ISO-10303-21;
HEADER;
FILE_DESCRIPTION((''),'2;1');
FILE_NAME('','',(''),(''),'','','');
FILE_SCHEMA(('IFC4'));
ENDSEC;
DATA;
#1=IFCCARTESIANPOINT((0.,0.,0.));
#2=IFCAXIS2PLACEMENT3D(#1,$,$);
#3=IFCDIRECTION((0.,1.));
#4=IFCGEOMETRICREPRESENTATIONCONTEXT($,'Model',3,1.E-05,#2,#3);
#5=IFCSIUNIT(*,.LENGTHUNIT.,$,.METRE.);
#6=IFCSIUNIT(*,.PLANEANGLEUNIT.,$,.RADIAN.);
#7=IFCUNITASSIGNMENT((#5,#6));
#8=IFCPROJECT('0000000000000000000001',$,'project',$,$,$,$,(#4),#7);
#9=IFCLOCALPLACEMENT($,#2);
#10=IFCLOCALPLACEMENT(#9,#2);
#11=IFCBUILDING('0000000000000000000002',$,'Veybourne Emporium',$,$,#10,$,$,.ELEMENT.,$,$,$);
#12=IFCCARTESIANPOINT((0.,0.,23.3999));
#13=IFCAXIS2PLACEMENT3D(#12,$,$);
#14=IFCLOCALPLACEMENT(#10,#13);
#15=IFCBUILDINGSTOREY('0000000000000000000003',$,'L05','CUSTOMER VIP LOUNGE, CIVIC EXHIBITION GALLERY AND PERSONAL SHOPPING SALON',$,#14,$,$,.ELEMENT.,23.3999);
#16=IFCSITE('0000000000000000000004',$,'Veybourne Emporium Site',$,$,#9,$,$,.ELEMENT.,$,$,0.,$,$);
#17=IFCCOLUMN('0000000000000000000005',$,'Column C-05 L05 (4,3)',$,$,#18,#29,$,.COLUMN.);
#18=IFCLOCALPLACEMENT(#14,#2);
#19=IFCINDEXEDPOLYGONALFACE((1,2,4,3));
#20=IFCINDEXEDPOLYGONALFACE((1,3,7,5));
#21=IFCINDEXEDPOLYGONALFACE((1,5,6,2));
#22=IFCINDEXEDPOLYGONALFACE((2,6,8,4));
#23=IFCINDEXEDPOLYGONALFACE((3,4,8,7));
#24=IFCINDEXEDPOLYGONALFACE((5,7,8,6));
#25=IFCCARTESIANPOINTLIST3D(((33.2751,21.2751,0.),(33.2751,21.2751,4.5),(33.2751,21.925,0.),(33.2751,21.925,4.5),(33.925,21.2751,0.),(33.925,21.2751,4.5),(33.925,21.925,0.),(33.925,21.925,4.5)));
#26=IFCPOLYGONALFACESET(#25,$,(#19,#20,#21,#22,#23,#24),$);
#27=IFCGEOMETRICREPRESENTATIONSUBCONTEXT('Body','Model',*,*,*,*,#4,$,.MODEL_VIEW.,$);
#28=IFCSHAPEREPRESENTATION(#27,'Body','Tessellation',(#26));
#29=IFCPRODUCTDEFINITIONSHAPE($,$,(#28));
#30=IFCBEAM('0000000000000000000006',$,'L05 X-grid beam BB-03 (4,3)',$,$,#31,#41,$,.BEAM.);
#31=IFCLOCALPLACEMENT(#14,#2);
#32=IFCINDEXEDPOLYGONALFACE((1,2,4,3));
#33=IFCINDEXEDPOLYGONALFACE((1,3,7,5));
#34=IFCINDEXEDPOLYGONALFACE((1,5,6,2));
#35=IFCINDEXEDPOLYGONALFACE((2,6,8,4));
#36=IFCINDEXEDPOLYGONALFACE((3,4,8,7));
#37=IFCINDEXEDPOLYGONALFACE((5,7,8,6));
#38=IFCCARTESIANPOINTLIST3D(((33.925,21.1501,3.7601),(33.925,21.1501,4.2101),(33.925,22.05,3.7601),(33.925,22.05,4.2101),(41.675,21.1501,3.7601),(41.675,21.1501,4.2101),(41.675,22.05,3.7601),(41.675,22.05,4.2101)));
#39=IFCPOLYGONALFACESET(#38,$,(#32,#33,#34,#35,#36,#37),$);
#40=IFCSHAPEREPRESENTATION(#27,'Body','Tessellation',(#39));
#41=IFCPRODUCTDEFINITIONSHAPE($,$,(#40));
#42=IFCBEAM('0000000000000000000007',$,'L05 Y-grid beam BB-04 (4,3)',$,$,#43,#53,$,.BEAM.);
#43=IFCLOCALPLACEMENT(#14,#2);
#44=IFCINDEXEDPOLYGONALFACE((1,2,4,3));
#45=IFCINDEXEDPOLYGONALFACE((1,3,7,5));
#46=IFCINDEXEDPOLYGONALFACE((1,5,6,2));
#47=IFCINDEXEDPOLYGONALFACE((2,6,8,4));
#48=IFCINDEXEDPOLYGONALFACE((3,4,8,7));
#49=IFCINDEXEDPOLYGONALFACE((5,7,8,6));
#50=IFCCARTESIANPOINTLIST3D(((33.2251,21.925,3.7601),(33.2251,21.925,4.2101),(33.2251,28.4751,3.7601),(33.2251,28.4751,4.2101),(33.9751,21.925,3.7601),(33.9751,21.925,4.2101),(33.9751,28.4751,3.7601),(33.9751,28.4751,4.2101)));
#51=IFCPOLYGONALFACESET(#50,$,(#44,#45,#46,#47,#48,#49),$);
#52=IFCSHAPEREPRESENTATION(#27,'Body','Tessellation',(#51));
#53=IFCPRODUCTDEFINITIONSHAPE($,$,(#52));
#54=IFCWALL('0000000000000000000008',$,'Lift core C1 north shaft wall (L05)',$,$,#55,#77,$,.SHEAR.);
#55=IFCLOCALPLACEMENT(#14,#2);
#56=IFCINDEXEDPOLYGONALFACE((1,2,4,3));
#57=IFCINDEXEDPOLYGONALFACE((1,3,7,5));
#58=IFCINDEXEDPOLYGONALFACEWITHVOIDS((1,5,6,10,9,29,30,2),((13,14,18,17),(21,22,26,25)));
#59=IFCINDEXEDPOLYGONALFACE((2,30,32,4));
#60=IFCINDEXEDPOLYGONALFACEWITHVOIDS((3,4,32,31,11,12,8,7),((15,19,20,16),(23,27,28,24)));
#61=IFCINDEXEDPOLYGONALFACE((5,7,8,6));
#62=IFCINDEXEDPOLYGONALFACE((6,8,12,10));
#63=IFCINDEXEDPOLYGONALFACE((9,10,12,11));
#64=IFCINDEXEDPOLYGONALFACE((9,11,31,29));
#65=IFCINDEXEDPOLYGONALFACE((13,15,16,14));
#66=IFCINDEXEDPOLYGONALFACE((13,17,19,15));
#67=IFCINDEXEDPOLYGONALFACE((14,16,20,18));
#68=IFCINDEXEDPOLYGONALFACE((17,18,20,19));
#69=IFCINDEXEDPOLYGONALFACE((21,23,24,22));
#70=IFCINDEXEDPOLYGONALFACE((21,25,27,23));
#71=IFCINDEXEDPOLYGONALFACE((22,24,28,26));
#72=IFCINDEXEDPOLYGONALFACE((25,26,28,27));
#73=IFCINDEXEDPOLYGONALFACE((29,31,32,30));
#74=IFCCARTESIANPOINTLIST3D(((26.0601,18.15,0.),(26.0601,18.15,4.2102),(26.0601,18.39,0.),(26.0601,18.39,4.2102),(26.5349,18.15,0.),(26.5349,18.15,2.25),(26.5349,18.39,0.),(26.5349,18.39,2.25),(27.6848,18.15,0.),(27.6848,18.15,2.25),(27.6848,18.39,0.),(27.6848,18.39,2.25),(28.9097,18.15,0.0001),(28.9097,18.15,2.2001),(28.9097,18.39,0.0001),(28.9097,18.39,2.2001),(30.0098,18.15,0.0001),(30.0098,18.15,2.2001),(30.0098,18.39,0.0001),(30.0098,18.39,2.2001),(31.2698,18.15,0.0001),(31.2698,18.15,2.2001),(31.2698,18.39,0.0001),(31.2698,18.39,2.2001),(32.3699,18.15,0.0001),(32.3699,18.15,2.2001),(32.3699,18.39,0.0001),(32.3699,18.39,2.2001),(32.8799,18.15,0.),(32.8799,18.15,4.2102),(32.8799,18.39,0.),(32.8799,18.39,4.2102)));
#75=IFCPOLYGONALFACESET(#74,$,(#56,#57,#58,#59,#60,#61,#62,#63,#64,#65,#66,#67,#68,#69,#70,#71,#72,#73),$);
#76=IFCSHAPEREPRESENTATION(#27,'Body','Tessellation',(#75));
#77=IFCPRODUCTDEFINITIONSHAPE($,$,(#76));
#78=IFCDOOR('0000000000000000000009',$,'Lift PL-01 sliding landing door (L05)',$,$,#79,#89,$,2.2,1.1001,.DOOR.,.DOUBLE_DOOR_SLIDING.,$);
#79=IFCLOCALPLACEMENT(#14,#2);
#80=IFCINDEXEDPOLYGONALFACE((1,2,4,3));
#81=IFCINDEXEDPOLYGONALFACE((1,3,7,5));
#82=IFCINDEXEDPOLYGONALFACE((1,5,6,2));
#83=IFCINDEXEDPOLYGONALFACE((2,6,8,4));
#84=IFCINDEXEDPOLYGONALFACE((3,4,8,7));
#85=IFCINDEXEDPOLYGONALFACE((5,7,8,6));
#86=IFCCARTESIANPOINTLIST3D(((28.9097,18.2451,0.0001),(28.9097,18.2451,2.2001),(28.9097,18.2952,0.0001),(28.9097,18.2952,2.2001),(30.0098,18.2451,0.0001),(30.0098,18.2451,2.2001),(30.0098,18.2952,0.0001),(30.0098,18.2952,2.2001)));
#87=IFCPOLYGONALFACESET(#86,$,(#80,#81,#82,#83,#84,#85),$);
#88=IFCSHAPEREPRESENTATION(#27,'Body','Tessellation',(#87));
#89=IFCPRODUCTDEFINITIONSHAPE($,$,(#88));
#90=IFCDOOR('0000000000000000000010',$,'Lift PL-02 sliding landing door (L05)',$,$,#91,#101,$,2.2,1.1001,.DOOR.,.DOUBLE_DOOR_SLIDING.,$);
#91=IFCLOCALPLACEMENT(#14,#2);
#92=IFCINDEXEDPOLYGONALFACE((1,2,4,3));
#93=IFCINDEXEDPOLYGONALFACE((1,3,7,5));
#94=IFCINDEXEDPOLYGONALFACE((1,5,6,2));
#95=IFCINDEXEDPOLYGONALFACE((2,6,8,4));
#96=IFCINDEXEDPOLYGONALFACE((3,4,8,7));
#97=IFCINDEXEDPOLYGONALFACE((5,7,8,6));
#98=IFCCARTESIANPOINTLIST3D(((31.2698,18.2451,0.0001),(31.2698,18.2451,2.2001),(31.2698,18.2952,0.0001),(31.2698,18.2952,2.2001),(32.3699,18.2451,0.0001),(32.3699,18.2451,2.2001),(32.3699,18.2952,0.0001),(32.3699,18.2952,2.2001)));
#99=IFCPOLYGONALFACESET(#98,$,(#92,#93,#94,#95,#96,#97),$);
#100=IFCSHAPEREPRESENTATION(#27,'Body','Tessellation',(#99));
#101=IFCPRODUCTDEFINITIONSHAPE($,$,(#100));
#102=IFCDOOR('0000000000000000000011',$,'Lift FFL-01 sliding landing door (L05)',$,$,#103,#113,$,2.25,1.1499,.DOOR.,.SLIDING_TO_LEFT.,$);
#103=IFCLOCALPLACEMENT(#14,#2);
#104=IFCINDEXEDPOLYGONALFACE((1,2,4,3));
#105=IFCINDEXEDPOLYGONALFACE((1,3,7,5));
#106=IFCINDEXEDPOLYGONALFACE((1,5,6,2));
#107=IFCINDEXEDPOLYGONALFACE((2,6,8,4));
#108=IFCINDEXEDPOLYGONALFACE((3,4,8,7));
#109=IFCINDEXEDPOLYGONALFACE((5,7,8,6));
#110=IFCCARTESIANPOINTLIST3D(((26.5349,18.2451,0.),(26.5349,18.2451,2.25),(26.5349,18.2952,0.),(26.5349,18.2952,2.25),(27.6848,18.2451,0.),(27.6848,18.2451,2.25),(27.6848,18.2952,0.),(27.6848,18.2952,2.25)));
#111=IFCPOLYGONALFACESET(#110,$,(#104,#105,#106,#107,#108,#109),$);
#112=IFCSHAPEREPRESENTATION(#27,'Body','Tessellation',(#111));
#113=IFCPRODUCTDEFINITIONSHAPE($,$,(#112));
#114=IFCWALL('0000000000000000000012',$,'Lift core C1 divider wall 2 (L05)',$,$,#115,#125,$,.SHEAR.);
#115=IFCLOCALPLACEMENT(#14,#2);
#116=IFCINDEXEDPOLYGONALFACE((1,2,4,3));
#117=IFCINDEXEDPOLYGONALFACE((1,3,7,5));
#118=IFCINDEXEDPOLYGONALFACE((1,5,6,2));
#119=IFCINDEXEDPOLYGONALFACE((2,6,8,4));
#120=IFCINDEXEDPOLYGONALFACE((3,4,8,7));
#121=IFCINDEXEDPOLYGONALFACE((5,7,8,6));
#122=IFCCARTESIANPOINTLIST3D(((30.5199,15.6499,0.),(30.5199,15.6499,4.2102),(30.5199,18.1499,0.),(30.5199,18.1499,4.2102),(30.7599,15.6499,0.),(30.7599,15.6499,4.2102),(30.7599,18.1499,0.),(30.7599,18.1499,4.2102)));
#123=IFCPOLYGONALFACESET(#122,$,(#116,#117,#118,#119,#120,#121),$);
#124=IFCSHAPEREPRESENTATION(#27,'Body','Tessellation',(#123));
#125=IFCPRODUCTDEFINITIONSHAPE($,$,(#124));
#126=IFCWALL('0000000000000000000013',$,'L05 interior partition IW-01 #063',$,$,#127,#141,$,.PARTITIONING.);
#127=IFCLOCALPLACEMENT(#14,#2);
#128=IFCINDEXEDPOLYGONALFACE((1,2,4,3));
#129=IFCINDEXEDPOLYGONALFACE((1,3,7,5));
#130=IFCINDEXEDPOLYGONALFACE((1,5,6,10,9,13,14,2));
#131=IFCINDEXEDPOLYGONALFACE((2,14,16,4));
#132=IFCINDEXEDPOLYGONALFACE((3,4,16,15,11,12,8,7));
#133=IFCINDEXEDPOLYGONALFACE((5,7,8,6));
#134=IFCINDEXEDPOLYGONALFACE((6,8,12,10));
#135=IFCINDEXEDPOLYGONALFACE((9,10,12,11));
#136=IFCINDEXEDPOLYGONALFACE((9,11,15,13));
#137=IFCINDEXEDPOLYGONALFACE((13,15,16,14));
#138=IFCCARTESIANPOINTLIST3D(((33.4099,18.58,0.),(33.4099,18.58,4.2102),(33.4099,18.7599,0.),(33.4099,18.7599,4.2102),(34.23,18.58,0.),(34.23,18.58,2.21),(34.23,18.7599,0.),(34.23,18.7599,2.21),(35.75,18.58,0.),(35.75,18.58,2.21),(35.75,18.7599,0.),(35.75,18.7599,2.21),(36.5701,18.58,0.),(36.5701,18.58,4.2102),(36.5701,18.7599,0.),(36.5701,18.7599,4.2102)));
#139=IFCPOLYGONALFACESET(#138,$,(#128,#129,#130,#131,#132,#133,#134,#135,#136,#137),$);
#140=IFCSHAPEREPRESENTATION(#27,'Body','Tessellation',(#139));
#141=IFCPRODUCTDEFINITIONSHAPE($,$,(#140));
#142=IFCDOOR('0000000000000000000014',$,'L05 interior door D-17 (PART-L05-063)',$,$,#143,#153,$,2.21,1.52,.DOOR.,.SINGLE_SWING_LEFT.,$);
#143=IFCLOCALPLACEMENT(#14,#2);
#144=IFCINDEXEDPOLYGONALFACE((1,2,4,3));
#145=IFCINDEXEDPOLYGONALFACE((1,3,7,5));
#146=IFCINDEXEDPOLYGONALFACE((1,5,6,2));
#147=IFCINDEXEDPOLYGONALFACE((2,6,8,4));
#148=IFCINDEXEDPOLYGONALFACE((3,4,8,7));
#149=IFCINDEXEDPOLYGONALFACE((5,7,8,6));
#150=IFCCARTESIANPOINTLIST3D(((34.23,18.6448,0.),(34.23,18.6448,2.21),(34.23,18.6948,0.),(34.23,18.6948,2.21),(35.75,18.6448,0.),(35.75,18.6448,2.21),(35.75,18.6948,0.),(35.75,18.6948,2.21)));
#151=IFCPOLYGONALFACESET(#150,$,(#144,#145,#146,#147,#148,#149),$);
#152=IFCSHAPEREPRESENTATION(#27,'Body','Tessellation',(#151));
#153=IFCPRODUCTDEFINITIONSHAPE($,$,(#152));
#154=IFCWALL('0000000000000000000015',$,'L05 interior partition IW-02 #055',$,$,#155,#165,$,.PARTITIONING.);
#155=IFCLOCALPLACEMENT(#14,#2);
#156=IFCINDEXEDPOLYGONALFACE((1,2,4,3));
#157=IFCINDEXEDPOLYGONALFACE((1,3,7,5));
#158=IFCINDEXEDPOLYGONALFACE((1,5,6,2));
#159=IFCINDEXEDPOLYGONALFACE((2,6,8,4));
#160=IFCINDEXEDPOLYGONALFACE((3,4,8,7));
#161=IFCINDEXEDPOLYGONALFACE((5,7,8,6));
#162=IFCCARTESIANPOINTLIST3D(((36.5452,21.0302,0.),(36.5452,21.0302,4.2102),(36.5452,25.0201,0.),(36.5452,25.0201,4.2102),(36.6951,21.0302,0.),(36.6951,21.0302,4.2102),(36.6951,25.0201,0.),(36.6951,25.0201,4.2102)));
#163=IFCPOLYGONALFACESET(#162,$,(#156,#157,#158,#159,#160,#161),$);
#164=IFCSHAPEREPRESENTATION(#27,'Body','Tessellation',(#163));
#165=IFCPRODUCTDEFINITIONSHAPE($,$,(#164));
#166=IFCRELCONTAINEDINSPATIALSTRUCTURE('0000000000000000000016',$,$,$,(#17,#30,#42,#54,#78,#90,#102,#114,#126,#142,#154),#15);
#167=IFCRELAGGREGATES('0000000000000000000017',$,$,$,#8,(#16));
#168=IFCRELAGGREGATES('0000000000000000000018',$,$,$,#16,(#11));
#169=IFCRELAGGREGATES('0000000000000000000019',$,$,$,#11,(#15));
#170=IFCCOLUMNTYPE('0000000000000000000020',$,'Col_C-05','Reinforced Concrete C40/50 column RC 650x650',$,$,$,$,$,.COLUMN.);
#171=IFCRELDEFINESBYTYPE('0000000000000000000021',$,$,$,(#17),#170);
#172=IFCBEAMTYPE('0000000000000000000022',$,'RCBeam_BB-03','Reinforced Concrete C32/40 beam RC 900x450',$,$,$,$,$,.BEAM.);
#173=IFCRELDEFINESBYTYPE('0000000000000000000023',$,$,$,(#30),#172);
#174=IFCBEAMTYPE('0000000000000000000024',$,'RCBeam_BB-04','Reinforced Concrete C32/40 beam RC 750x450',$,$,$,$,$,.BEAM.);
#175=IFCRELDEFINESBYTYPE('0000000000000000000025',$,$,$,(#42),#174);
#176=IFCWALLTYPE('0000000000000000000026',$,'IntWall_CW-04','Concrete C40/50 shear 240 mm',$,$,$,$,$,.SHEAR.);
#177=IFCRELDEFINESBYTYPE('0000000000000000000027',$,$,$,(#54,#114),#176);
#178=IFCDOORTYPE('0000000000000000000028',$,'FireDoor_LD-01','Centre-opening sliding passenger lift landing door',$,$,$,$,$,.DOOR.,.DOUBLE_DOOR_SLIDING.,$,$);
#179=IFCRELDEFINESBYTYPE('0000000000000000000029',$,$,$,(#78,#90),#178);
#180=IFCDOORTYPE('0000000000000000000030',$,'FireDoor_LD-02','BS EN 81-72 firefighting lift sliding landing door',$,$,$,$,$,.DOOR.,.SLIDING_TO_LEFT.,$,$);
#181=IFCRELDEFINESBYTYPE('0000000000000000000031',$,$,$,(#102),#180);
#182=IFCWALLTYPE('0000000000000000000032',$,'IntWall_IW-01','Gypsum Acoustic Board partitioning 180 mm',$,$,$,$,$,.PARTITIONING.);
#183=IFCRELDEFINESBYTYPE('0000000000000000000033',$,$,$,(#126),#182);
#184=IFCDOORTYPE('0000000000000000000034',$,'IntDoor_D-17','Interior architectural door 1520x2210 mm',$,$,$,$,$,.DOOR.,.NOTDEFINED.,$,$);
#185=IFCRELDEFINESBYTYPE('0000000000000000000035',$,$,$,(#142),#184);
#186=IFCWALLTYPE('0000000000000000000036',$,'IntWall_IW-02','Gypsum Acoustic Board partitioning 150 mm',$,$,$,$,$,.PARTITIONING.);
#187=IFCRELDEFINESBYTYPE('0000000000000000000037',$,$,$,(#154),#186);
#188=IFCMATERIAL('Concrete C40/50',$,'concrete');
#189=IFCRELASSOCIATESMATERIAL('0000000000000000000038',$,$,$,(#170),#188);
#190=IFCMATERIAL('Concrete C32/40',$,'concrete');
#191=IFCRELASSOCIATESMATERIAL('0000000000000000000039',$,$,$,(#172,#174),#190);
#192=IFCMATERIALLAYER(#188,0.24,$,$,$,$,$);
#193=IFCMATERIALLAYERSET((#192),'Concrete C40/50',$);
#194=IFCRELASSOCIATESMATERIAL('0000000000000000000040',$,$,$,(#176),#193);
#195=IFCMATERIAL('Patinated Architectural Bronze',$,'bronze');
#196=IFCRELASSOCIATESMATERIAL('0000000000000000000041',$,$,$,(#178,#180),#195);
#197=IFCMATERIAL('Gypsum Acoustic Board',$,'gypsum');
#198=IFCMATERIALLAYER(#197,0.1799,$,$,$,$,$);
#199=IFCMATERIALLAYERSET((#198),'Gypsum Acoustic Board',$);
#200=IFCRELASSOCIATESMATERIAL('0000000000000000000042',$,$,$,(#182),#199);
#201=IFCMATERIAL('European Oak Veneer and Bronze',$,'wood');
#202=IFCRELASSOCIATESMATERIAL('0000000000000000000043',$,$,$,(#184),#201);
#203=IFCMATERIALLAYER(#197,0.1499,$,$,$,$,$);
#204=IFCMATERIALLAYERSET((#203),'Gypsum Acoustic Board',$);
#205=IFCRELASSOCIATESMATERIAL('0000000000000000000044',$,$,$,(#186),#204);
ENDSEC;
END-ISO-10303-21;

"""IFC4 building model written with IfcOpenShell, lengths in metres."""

from ifc_helpers import new_model, si_unit, direction, frame, frame_2d, origin, origin_2d, place, context, subcontext, project, spatial, rectangle, extrude, material, layer, layer_set, material_profile, profile_set, type_object, element, fill, save


model = new_model("IFC4")

# Units and contexts
model_context = context("Model", 3, precision=1e-05, world=origin(), true_north=direction((0.0, 1.0)))
body_context = subcontext(model_context, "Body", "Model", "MODEL_VIEW")
ifc_project = project(units=[si_unit("LENGTHUNIT", "METRE"), si_unit("PLANEANGLEUNIT", "RADIAN")], contexts=[model_context])

# Site, building, storey
site_placement = place(None, origin())
site = spatial("IfcSite", under=ifc_project, at=site_placement, Name="Veybourne Emporium Site", CompositionType="ELEMENT", RefElevation=0.0)
building_placement = place(site_placement, origin())
building = spatial("IfcBuilding", under=site, at=building_placement, Name="Veybourne Emporium", CompositionType="ELEMENT")
storey_placement = place(building_placement, frame((0.0, 0.0, 23.3999)))
storey = spatial("IfcBuildingStorey", under=building, at=storey_placement, Name="L05", Description="CUSTOMER VIP LOUNGE, CIVIC EXHIBITION GALLERY AND PERSONAL SHOPPING SALON", CompositionType="ELEMENT", Elevation=23.3999)

# Column
ifc_material_1 = material(Name="Concrete C40/50", Category="concrete")
ifc_material_profile_1 = material_profile(ifc_material_1, rectangle(XDim=0.6499, YDim=0.6499, at=origin_2d()), Name="RC 650x650")
ifc_profile_set_1 = profile_set([ifc_material_profile_1], Name="Concrete C40/50")
column_type = type_object("IfcColumnType", Name="Col_C-05", Description="Reinforced Concrete C40/50 column RC 650x650", PredefinedType="COLUMN", material=ifc_profile_set_1)
column_placement = place(storey_placement, frame((33.6001, 21.6001, 0.0), z_axis=(0.0, 0.0, 1.0), x_axis=(1.0, 0.0, 0.0)))
element("IfcColumn", 1, at=column_placement, inside=storey, type_object=column_type, Name="Column C-05 L05 (4,3)", PredefinedType="COLUMN", context=body_context, shape_type="SweptSolid", body=[
    extrude(rectangle(XDim=0.6499, YDim=0.6499, at=origin_2d()), origin(), (0.0, 0.0, 1.0), 4.5),
])

# Beams
ifc_material_2 = material(Name="Concrete C32/40", Category="concrete")
ifc_material_profile_2 = material_profile(ifc_material_2, rectangle(XDim=0.8999, YDim=0.45, at=origin_2d()), Name="RC 900x450")
ifc_profile_set_2 = profile_set([ifc_material_profile_2], Name="Concrete C32/40")
beam_type_1 = type_object("IfcBeamType", Name="RCBeam_BB-03", Description="Reinforced Concrete C32/40 beam RC 900x450", PredefinedType="BEAM", material=ifc_profile_set_2)
beam_1_placement = place(storey_placement, frame((33.925, 21.6001, 3.9851), z_axis=(1.0, 0.0, 0.0), x_axis=(0.0, 1.0, 0.0)))
element("IfcBeam", 2, at=beam_1_placement, inside=storey, type_object=beam_type_1, Name="L05 X-grid beam BB-03 (4,3)", PredefinedType="BEAM", context=body_context, shape_type="SweptSolid", body=[
    extrude(rectangle(XDim=0.8999, YDim=0.45, at=origin_2d()), origin(), (0.0, 0.0, 1.0), 7.75),
])
ifc_material_profile_3 = material_profile(ifc_material_2, rectangle(XDim=0.75, YDim=0.45, at=origin_2d()), Name="RC 750x450")
ifc_profile_set_3 = profile_set([ifc_material_profile_3], Name="Concrete C32/40")
beam_type_2 = type_object("IfcBeamType", Name="RCBeam_BB-04", Description="Reinforced Concrete C32/40 beam RC 750x450", PredefinedType="BEAM", material=ifc_profile_set_3)
beam_2_placement = place(storey_placement, frame((33.6001, 21.925, 3.9851), z_axis=(0.0, 1.0, 0.0), x_axis=(-1.0, 0.0, 0.0)))
element("IfcBeam", 3, at=beam_2_placement, inside=storey, type_object=beam_type_2, Name="L05 Y-grid beam BB-04 (4,3)", PredefinedType="BEAM", context=body_context, shape_type="SweptSolid", body=[
    extrude(rectangle(XDim=0.75, YDim=0.45, at=origin_2d()), origin(), (0.0, 0.0, 1.0), 6.55),
])

# Wall, openings, doors
ifc_layer_1 = layer(ifc_material_1, 0.24)
ifc_layer_set_1 = layer_set([ifc_layer_1], Name="Concrete C40/50")
wall_type_1 = type_object("IfcWallType", Name="IntWall_CW-04", Description="Concrete C40/50 shear 240 mm", PredefinedType="SHEAR", material=ifc_layer_set_1)
wall_1_placement = place(storey_placement, frame((32.8799, 18.27, 0.0), z_axis=(0.0, 0.0, 1.0), x_axis=(-1.0, 0.0, 0.0)))
wall_1 = element("IfcWall", 4, at=wall_1_placement, inside=storey, type_object=wall_type_1, Name="Lift core C1 north shaft wall (L05)", PredefinedType="SHEAR", context=body_context, shape_type="SweptSolid", body=[
    extrude(rectangle(XDim=6.8198, YDim=0.24, at=frame_2d((3.4099, 0.0))), origin(), (0.0, 0.0, 1.0), 4.2102),
])
opening_1_placement = place(wall_1_placement, frame((5.1951, 0.0, 0.0)))
opening_1 = element("IfcOpeningElement", 5, at=opening_1_placement, cuts=wall_1, PredefinedType="OPENING", context=body_context, shape_type="SweptSolid", body=[
    extrude(rectangle(XDim=1.1499, YDim=2.25, at=frame_2d((0.575, 1.125))), frame((0.0, 0.1401, 0.0), z_axis=(0.0, -1.0, 0.0), x_axis=(1.0, 0.0, 0.0)), (0.0, 0.0, 1.0), 0.28),
])
opening_2_placement = place(wall_1_placement, frame((2.8701, 0.0, 0.0)))
opening_2 = element("IfcOpeningElement", 6, at=opening_2_placement, cuts=wall_1, PredefinedType="OPENING", context=body_context, shape_type="SweptSolid", body=[
    extrude(rectangle(XDim=1.1001, YDim=2.2, at=frame_2d((0.55, 1.1001))), frame((0.0, 0.1401, 0.0), z_axis=(0.0, -1.0, 0.0), x_axis=(1.0, 0.0, 0.0)), (0.0, 0.0, 1.0), 0.28),
])
opening_3_placement = place(wall_1_placement, frame((0.51, 0.0, 0.0)))
opening_3 = element("IfcOpeningElement", 7, at=opening_3_placement, cuts=wall_1, PredefinedType="OPENING", context=body_context, shape_type="SweptSolid", body=[
    extrude(rectangle(XDim=1.1001, YDim=2.2, at=frame_2d((0.55, 1.1001))), frame((0.0, 0.1401, 0.0), z_axis=(0.0, -1.0, 0.0), x_axis=(1.0, 0.0, 0.0)), (0.0, 0.0, 1.0), 0.28),
])
ifc_material_3 = material(Name="Patinated Architectural Bronze", Category="bronze")
door_type_1 = type_object("IfcDoorType", Name="FireDoor_LD-01", Description="Centre-opening sliding passenger lift landing door", OperationType="DOUBLE_DOOR_SLIDING", PredefinedType="DOOR", material=ifc_material_3)
door_1_placement = place(opening_2_placement, origin())
door_1 = element("IfcDoor", 8, at=door_1_placement, inside=storey, type_object=door_type_1, Name="Lift PL-01 sliding landing door (L05)", OperationType="DOUBLE_DOOR_SLIDING", OverallHeight=2.2, OverallWidth=1.1001, PredefinedType="DOOR", context=body_context, shape_type="SweptSolid", body=[
    extrude(rectangle(XDim=1.1001, YDim=2.2, at=frame_2d((0.55, 1.1001))), frame((0.0, 0.0249, 0.0), z_axis=(0.0, -1.0, 0.0), x_axis=(1.0, 0.0, 0.0)), (0.0, 0.0, 1.0), 0.05),
])
fill(opening_2, door_1)
door_2_placement = place(opening_3_placement, origin())
door_2 = element("IfcDoor", 9, at=door_2_placement, inside=storey, type_object=door_type_1, Name="Lift PL-02 sliding landing door (L05)", OperationType="DOUBLE_DOOR_SLIDING", OverallHeight=2.2, OverallWidth=1.1001, PredefinedType="DOOR", context=body_context, shape_type="SweptSolid", body=[
    extrude(rectangle(XDim=1.1001, YDim=2.2, at=frame_2d((0.55, 1.1001))), frame((0.0, 0.0249, 0.0), z_axis=(0.0, -1.0, 0.0), x_axis=(1.0, 0.0, 0.0)), (0.0, 0.0, 1.0), 0.05),
])
fill(opening_3, door_2)
door_type_2 = type_object("IfcDoorType", Name="FireDoor_LD-02", Description="BS EN 81-72 firefighting lift sliding landing door", OperationType="SLIDING_TO_LEFT", PredefinedType="DOOR", material=ifc_material_3)
door_3_placement = place(opening_1_placement, origin())
door_3 = element("IfcDoor", 10, at=door_3_placement, inside=storey, type_object=door_type_2, Name="Lift FFL-01 sliding landing door (L05)", OperationType="SLIDING_TO_LEFT", OverallHeight=2.25, OverallWidth=1.1499, PredefinedType="DOOR", context=body_context, shape_type="SweptSolid", body=[
    extrude(rectangle(XDim=1.1499, YDim=2.25, at=frame_2d((0.575, 1.125))), frame((0.0, 0.0249, 0.0), z_axis=(0.0, -1.0, 0.0), x_axis=(1.0, 0.0, 0.0)), (0.0, 0.0, 1.0), 0.05),
])
fill(opening_1, door_3)

# Wall
wall_2_placement = place(storey_placement, frame((30.6399, 15.6499, 0.0), z_axis=(0.0, 0.0, 1.0), x_axis=(0.0, 1.0, 0.0)))
element("IfcWall", 11, at=wall_2_placement, inside=storey, type_object=wall_type_1, Name="Lift core C1 divider wall 2 (L05)", PredefinedType="SHEAR", context=body_context, shape_type="SweptSolid", body=[
    extrude(rectangle(XDim=2.5, YDim=0.24, at=frame_2d((1.25, 0.0))), origin(), (0.0, 0.0, 1.0), 4.2102),
])

# Wall, opening, door
ifc_material_4 = material(Name="Gypsum Acoustic Board", Category="gypsum")
ifc_layer_2 = layer(ifc_material_4, 0.1799)
ifc_layer_set_2 = layer_set([ifc_layer_2], Name="Gypsum Acoustic Board")
wall_type_2 = type_object("IfcWallType", Name="IntWall_IW-01", Description="Gypsum Acoustic Board partitioning 180 mm", PredefinedType="PARTITIONING", material=ifc_layer_set_2)
wall_3_placement = place(storey_placement, frame((33.4099, 18.6699, 0.0), z_axis=(0.0, 0.0, 1.0), x_axis=(1.0, 0.0, 0.0)))
wall_3 = element("IfcWall", 12, at=wall_3_placement, inside=storey, type_object=wall_type_2, Name="L05 interior partition IW-01 #063", PredefinedType="PARTITIONING", context=body_context, shape_type="SweptSolid", body=[
    extrude(rectangle(XDim=3.1602, YDim=0.1799, at=frame_2d((1.5801, 0.0))), origin(), (0.0, 0.0, 1.0), 4.2102),
])
opening_4_placement = place(wall_3_placement, frame((0.8201, 0.0, 0.0)))
opening_4 = element("IfcOpeningElement", 13, at=opening_4_placement, cuts=wall_3, PredefinedType="OPENING", context=body_context, shape_type="SweptSolid", body=[
    extrude(rectangle(XDim=1.52, YDim=2.21, at=frame_2d((0.76, 1.105))), frame((0.0, 0.1099, 0.0), z_axis=(0.0, -1.0, 0.0), x_axis=(1.0, 0.0, 0.0)), (0.0, 0.0, 1.0), 0.22),
])
ifc_material_5 = material(Name="European Oak Veneer and Bronze", Category="wood")
door_type_3 = type_object("IfcDoorType", Name="IntDoor_D-17", Description="Interior architectural door 1520x2210 mm", OperationType="NOTDEFINED", PredefinedType="DOOR", material=ifc_material_5)
door_4_placement = place(opening_4_placement, origin())
door_4 = element("IfcDoor", 14, at=door_4_placement, inside=storey, type_object=door_type_3, Name="L05 interior door D-17 (PART-L05-063)", OperationType="SINGLE_SWING_LEFT", OverallHeight=2.21, OverallWidth=1.52, PredefinedType="DOOR", context=body_context, shape_type="SweptSolid", body=[
    extrude(rectangle(XDim=1.52, YDim=2.21, at=frame_2d((0.76, 1.105))), frame((0.0, 0.0249, 0.0), z_axis=(0.0, -1.0, 0.0), x_axis=(1.0, 0.0, 0.0)), (0.0, 0.0, 1.0), 0.05),
])
fill(opening_4, door_4)

# Wall
ifc_layer_3 = layer(ifc_material_4, 0.1499)
ifc_layer_set_3 = layer_set([ifc_layer_3], Name="Gypsum Acoustic Board")
wall_type_3 = type_object("IfcWallType", Name="IntWall_IW-02", Description="Gypsum Acoustic Board partitioning 150 mm", PredefinedType="PARTITIONING", material=ifc_layer_set_3)
wall_4_placement = place(storey_placement, frame((36.6201, 21.03, 0.0), z_axis=(0.0, 0.0, 1.0), x_axis=(0.0, 1.0, 0.0)))
element("IfcWall", 15, at=wall_4_placement, inside=storey, type_object=wall_type_3, Name="L05 interior partition IW-02 #055", PredefinedType="PARTITIONING", context=body_context, shape_type="SweptSolid", body=[
    extrude(rectangle(XDim=3.99, YDim=0.1499, at=frame_2d((1.9951, 0.0))), origin(), (0.0, 0.0, 1.0), 4.2102),
])

save(model, "model.ifc")
